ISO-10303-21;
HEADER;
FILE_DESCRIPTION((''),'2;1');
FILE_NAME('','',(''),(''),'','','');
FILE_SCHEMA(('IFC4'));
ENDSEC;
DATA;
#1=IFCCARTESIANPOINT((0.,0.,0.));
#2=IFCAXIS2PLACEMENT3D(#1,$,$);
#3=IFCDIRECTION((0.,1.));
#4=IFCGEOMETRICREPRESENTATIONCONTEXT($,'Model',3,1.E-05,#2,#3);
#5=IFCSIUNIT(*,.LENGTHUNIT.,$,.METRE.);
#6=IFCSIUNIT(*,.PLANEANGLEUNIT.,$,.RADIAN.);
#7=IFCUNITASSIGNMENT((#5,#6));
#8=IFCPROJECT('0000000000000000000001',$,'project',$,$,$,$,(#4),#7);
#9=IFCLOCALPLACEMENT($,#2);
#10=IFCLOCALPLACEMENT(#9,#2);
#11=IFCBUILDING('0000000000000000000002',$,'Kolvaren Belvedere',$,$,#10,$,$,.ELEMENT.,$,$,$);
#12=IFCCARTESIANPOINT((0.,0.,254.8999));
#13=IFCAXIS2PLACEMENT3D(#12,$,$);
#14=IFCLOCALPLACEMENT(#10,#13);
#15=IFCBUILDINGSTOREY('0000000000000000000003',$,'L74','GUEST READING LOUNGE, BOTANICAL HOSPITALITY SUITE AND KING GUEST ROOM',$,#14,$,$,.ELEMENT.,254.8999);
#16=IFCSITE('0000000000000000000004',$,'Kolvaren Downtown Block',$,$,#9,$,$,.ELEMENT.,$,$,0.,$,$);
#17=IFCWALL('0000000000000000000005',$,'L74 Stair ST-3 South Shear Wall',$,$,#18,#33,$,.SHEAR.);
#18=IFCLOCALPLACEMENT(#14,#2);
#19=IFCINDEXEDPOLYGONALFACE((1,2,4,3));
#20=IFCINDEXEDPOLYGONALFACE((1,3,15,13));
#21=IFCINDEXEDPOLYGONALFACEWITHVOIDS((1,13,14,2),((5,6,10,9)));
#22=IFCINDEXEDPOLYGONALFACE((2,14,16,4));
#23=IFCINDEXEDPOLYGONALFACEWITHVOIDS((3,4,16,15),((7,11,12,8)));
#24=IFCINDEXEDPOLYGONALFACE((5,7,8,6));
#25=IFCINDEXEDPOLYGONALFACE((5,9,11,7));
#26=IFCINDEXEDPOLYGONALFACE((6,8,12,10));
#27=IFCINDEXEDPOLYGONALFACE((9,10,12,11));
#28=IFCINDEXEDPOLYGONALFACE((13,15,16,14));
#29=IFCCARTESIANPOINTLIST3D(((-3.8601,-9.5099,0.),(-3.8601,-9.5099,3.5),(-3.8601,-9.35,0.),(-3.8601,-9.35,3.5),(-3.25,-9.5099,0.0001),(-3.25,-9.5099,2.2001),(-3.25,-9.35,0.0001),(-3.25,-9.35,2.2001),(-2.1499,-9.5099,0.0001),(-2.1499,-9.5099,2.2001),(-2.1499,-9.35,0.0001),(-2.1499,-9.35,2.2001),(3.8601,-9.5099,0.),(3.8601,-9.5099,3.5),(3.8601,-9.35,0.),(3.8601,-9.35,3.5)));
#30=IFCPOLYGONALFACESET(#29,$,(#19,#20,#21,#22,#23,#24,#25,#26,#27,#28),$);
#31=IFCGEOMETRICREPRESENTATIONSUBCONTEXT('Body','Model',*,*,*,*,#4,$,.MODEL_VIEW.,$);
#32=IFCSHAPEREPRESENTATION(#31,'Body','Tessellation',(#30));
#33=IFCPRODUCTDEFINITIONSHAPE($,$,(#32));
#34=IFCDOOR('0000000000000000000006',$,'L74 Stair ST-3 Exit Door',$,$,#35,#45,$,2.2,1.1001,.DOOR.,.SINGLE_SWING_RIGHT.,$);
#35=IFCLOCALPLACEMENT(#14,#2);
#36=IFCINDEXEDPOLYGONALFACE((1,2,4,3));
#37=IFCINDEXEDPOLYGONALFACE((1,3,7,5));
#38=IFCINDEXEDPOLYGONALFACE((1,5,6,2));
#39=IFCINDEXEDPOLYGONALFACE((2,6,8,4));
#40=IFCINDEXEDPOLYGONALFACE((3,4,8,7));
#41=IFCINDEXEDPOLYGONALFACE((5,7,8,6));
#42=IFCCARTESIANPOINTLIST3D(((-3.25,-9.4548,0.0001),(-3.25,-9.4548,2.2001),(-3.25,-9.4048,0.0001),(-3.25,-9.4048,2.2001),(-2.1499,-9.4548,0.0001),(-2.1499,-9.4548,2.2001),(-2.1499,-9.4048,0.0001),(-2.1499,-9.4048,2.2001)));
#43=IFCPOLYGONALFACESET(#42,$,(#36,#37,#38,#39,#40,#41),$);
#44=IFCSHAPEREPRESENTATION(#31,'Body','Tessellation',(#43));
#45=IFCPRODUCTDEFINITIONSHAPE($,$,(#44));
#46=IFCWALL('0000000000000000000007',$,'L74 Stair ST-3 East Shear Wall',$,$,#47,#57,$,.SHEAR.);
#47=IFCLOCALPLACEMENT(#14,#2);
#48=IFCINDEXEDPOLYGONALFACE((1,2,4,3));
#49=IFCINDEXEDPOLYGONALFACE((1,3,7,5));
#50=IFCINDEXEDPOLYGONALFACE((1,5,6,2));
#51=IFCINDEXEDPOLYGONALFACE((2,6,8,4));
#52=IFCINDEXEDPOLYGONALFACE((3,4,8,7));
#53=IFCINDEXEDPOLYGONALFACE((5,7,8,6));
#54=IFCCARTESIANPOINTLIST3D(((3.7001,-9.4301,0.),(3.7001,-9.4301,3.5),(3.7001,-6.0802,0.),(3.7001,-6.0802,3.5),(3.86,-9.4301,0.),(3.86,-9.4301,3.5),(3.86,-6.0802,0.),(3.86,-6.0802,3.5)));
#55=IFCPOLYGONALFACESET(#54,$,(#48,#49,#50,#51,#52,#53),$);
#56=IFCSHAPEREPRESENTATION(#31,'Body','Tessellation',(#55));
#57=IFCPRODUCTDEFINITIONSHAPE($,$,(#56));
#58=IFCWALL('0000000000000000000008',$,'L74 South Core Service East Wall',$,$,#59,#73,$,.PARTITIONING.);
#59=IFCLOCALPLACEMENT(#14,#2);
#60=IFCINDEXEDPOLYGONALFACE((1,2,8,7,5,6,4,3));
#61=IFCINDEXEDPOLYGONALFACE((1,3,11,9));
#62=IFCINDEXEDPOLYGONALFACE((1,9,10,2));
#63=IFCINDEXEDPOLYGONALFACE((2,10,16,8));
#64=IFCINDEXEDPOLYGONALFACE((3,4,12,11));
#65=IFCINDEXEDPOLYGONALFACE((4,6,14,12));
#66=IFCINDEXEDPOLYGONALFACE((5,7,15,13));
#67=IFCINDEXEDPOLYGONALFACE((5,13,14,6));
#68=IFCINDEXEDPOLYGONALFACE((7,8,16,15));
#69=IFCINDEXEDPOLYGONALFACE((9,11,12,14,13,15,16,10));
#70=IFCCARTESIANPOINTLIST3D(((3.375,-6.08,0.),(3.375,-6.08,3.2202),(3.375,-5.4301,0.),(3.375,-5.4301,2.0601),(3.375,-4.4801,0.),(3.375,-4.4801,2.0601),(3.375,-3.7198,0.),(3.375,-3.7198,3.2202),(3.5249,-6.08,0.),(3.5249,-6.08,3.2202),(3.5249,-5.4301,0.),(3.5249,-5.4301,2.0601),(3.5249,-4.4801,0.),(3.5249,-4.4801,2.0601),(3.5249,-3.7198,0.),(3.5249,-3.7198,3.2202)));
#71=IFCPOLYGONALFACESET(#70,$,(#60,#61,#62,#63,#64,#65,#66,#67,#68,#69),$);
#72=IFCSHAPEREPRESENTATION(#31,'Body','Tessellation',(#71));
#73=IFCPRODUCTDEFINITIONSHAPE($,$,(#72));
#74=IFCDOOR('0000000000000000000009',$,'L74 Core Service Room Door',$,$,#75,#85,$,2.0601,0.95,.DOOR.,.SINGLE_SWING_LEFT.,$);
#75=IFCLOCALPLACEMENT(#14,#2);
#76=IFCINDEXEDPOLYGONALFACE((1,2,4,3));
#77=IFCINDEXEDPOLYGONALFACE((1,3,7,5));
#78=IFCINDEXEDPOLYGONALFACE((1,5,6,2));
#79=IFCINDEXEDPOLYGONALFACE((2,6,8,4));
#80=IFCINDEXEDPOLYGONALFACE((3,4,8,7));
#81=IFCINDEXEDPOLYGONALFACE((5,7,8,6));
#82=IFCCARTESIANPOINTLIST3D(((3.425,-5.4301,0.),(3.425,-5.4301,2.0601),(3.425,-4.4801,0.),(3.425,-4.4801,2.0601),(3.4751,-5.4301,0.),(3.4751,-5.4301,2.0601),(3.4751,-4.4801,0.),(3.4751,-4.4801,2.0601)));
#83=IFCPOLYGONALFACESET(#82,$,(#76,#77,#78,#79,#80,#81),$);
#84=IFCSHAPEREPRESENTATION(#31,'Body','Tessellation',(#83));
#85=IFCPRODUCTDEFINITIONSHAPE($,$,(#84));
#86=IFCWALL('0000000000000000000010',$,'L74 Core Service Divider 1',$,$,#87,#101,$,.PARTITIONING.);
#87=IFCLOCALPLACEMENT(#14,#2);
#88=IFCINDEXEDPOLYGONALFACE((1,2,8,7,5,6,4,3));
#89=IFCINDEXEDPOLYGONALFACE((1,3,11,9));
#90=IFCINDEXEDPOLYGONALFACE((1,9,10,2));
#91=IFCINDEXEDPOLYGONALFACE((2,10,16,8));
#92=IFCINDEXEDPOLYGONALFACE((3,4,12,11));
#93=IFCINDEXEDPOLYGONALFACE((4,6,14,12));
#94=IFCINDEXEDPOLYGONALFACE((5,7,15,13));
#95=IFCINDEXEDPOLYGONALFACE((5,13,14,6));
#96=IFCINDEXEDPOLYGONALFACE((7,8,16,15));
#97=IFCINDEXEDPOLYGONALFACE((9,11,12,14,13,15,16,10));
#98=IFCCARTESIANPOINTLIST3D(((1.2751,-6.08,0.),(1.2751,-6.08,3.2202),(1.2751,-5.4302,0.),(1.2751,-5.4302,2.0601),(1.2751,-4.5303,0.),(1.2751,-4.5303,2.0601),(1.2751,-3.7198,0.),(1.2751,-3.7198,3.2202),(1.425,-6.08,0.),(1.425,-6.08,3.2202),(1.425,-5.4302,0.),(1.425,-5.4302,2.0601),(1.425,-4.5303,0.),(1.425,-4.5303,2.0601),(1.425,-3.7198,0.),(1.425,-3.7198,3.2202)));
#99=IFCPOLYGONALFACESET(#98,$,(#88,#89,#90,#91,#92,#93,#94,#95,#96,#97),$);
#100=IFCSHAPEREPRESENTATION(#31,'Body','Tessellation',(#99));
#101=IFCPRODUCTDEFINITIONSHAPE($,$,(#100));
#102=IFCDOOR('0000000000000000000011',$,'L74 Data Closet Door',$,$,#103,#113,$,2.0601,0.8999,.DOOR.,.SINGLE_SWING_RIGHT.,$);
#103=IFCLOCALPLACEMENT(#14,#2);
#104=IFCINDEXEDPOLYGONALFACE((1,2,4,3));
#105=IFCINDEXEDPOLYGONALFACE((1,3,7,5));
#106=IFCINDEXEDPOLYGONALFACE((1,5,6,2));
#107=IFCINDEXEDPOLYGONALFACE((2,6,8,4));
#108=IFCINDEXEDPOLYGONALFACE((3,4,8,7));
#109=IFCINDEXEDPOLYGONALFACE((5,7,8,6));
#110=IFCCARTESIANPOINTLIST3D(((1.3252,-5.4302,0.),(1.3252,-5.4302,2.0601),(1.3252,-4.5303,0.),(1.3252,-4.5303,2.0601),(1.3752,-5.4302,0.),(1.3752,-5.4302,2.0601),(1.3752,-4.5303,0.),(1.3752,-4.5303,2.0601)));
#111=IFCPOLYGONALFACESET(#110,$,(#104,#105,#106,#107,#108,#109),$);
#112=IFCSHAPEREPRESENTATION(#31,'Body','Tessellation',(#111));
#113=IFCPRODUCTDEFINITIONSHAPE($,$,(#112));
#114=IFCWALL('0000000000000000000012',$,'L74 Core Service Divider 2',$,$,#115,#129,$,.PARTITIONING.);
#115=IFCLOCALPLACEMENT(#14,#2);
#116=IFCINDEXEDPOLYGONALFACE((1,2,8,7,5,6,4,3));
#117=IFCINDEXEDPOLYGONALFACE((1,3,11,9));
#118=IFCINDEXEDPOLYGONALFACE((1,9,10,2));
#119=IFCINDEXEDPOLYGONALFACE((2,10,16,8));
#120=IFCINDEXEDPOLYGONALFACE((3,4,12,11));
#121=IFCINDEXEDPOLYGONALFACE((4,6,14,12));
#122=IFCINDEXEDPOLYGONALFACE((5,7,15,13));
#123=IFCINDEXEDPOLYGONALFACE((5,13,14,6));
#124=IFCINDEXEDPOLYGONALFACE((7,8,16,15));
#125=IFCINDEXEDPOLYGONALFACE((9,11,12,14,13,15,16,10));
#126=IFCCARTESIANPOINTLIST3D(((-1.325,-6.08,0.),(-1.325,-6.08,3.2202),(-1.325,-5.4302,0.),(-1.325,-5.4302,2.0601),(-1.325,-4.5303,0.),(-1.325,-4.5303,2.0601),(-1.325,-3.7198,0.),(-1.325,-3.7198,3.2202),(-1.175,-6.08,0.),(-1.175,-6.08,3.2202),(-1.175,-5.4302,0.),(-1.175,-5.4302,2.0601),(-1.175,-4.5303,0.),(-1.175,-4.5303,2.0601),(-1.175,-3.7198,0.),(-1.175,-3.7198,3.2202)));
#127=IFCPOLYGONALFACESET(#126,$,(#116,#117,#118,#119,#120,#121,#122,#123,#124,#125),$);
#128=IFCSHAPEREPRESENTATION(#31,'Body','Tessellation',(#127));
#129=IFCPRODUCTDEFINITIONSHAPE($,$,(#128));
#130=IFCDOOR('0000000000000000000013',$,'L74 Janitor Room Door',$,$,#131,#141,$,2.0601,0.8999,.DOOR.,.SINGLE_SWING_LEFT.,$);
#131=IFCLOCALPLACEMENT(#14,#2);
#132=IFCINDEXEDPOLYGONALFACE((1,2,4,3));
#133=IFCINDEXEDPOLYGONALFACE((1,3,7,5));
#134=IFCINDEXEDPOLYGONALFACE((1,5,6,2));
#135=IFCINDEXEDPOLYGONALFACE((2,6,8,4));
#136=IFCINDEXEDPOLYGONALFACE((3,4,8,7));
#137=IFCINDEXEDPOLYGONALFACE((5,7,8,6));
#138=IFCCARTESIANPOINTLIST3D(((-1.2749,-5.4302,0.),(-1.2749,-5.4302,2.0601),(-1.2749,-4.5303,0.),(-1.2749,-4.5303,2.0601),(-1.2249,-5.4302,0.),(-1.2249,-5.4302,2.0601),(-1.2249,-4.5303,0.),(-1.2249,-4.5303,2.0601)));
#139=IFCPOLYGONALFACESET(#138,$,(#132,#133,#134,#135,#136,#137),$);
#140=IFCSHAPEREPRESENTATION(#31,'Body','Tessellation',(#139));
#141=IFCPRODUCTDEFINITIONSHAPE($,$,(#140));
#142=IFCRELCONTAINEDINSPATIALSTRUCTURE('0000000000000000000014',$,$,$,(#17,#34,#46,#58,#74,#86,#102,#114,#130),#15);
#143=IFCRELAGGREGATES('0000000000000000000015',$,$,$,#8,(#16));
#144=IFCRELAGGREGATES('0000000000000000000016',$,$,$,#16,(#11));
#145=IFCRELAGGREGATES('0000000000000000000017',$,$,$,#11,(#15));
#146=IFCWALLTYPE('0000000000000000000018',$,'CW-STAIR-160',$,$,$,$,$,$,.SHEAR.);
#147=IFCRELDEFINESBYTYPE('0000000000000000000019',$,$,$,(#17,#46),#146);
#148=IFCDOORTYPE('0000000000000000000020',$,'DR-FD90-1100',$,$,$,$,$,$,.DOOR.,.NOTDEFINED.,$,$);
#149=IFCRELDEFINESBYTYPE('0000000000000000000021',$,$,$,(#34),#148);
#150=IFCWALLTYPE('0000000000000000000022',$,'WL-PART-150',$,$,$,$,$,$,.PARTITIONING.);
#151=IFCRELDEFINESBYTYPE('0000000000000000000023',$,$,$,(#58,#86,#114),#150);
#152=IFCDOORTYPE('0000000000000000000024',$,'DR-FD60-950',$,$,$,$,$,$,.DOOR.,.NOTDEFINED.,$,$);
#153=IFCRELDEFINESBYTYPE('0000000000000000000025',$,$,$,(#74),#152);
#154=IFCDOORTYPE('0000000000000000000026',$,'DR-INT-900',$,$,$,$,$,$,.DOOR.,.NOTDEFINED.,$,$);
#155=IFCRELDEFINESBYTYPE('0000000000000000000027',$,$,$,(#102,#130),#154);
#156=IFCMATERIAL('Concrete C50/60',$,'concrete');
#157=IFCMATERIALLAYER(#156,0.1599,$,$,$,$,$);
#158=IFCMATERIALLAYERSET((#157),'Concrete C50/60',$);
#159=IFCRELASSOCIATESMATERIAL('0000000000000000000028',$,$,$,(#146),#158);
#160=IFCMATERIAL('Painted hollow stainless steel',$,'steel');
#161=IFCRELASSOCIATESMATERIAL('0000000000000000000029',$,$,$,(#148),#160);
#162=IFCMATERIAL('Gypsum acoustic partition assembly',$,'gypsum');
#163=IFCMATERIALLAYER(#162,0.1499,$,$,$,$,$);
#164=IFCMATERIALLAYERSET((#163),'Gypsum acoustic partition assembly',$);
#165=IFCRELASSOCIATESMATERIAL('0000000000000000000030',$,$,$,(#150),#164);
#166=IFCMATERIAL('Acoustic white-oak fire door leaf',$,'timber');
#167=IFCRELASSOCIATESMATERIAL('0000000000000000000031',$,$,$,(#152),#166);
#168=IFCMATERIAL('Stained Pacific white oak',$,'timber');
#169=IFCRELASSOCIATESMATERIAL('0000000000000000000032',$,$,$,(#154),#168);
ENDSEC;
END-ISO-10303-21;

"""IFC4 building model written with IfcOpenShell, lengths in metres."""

from ifc_helpers import new_model, si_unit, direction, frame, frame_2d, origin, place, context, subcontext, project, spatial, rectangle, extrude, material, layer, layer_set, type_object, element, fill, save


model = new_model("IFC4")

# Units and contexts
model_context = context("Model", 3, precision=1e-05, world=origin(), true_north=direction((0.0, 1.0)))
body_context = subcontext(model_context, "Body", "Model", "MODEL_VIEW")
ifc_project = project(units=[si_unit("LENGTHUNIT", "METRE"), si_unit("PLANEANGLEUNIT", "RADIAN")], contexts=[model_context])

# Site, building, storey
site_placement = place(None, origin())
site = spatial("IfcSite", under=ifc_project, at=site_placement, Name="Kolvaren Downtown Block", CompositionType="ELEMENT", RefElevation=0.0)
building_placement = place(site_placement, origin())
building = spatial("IfcBuilding", under=site, at=building_placement, Name="Kolvaren Belvedere", CompositionType="ELEMENT")
storey_placement = place(building_placement, frame((0.0, 0.0, 254.8999)))
storey = spatial("IfcBuildingStorey", under=building, at=storey_placement, Name="L74", Description="GUEST READING LOUNGE, BOTANICAL HOSPITALITY SUITE AND KING GUEST ROOM", CompositionType="ELEMENT", Elevation=254.8999)

# Wall, opening, door
ifc_material_1 = material(Name="Concrete C50/60", Category="concrete")
ifc_layer_1 = layer(ifc_material_1, 0.1599)
ifc_layer_set_1 = layer_set([ifc_layer_1], Name="Concrete C50/60")
wall_type_1 = type_object("IfcWallType", Name="CW-STAIR-160", PredefinedType="SHEAR", material=ifc_layer_set_1)
wall_1_placement = place(storey_placement, frame((3.8601, -9.4299, 0.0), z_axis=(0.0, 0.0, 1.0), x_axis=(-1.0, 0.0, 0.0)))
wall_1 = element("IfcWall", 1, at=wall_1_placement, inside=storey, type_object=wall_type_1, Name="L74 Stair ST-3 South Shear Wall", PredefinedType="SHEAR", context=body_context, shape_type="SweptSolid", body=[
    extrude(rectangle(XDim=7.7202, YDim=0.1599, at=frame_2d((3.8601, 0.0))), origin(), (0.0, 0.0, 1.0), 3.5),
])
opening_1_placement = place(wall_1_placement, frame((6.01, 0.0, 0.0)))
opening_1 = element("IfcOpeningElement", 2, at=opening_1_placement, cuts=wall_1, PredefinedType="OPENING", context=body_context, shape_type="SweptSolid", body=[
    extrude(rectangle(XDim=1.1001, YDim=2.2, at=frame_2d((0.55, 1.1001))), frame((0.0, 0.0898, 0.0), z_axis=(0.0, -1.0, 0.0), x_axis=(1.0, 0.0, 0.0)), (0.0, 0.0, 1.0), 0.1799),
])
ifc_material_2 = material(Name="Painted hollow stainless steel", Category="steel")
door_type_1 = type_object("IfcDoorType", Name="DR-FD90-1100", OperationType="NOTDEFINED", PredefinedType="DOOR", material=ifc_material_2)
door_1_placement = place(opening_1_placement, origin())
door_1 = element("IfcDoor", 3, at=door_1_placement, inside=storey, type_object=door_type_1, Name="L74 Stair ST-3 Exit Door", OperationType="SINGLE_SWING_RIGHT", OverallHeight=2.2, OverallWidth=1.1001, PredefinedType="DOOR", context=body_context, shape_type="SweptSolid", body=[
    extrude(rectangle(XDim=1.1001, YDim=2.2, at=frame_2d((0.55, 1.1001))), frame((0.0, 0.0249, 0.0), z_axis=(0.0, -1.0, 0.0), x_axis=(1.0, 0.0, 0.0)), (0.0, 0.0, 1.0), 0.05),
])
fill(opening_1, door_1)

# Wall
wall_2_placement = place(storey_placement, frame((3.78, -9.4299, 0.0), z_axis=(0.0, 0.0, 1.0), x_axis=(0.0, 1.0, 0.0)))
element("IfcWall", 4, at=wall_2_placement, inside=storey, type_object=wall_type_1, Name="L74 Stair ST-3 East Shear Wall", PredefinedType="SHEAR", context=body_context, shape_type="SweptSolid", body=[
    extrude(rectangle(XDim=3.3499, YDim=0.1599, at=frame_2d((1.6748, 0.0))), origin(), (0.0, 0.0, 1.0), 3.5),
])

# Walls, openings, doors
ifc_material_3 = material(Name="Gypsum acoustic partition assembly", Category="gypsum")
ifc_layer_2 = layer(ifc_material_3, 0.1499)
ifc_layer_set_2 = layer_set([ifc_layer_2], Name="Gypsum acoustic partition assembly")
wall_type_2 = type_object("IfcWallType", Name="WL-PART-150", PredefinedType="PARTITIONING", material=ifc_layer_set_2)
wall_3_placement = place(storey_placement, frame((3.45, -6.0801, 0.0), z_axis=(0.0, 0.0, 1.0), x_axis=(0.0, 1.0, 0.0)))
wall_3 = element("IfcWall", 5, at=wall_3_placement, inside=storey, type_object=wall_type_2, Name="L74 South Core Service East Wall", PredefinedType="PARTITIONING", context=body_context, shape_type="SweptSolid", body=[
    extrude(rectangle(XDim=2.3601, YDim=0.1499, at=frame_2d((1.1802, 0.0))), origin(), (0.0, 0.0, 1.0), 3.2202),
])
opening_2_placement = place(wall_3_placement, frame((0.6499, 0.0, 0.0)))
opening_2 = element("IfcOpeningElement", 6, at=opening_2_placement, cuts=wall_3, PredefinedType="OPENING", context=body_context, shape_type="SweptSolid", body=[
    extrude(rectangle(XDim=0.95, YDim=2.0601, at=frame_2d((0.4751, 1.03))), frame((0.0, 0.085, 0.0), z_axis=(0.0, -1.0, 0.0), x_axis=(1.0, 0.0, 0.0)), (0.0, 0.0, 1.0), 0.1699),
])
ifc_material_4 = material(Name="Acoustic white-oak fire door leaf", Category="timber")
door_type_2 = type_object("IfcDoorType", Name="DR-FD60-950", OperationType="NOTDEFINED", PredefinedType="DOOR", material=ifc_material_4)
door_2_placement = place(opening_2_placement, origin())
door_2 = element("IfcDoor", 7, at=door_2_placement, inside=storey, type_object=door_type_2, Name="L74 Core Service Room Door", OperationType="SINGLE_SWING_LEFT", OverallHeight=2.0601, OverallWidth=0.95, PredefinedType="DOOR", context=body_context, shape_type="SweptSolid", body=[
    extrude(rectangle(XDim=0.95, YDim=2.0601, at=frame_2d((0.4751, 1.03))), frame((0.0, 0.0249, 0.0), z_axis=(0.0, -1.0, 0.0), x_axis=(1.0, 0.0, 0.0)), (0.0, 0.0, 1.0), 0.05),
])
fill(opening_2, door_2)
wall_4_placement = place(storey_placement, frame((1.3501, -6.0801, 0.0), z_axis=(0.0, 0.0, 1.0), x_axis=(0.0, 1.0, 0.0)))
wall_4 = element("IfcWall", 8, at=wall_4_placement, inside=storey, type_object=wall_type_2, Name="L74 Core Service Divider 1", PredefinedType="PARTITIONING", context=body_context, shape_type="SweptSolid", body=[
    extrude(rectangle(XDim=2.3601, YDim=0.1499, at=frame_2d((1.1802, 0.0))), origin(), (0.0, 0.0, 1.0), 3.2202),
])
opening_3_placement = place(wall_4_placement, frame((0.6499, 0.0, 0.0)))
opening_3 = element("IfcOpeningElement", 9, at=opening_3_placement, cuts=wall_4, PredefinedType="OPENING", context=body_context, shape_type="SweptSolid", body=[
    extrude(rectangle(XDim=0.8999, YDim=2.0601, at=frame_2d((0.45, 1.03))), frame((0.0, 0.085, 0.0), z_axis=(0.0, -1.0, 0.0), x_axis=(1.0, 0.0, 0.0)), (0.0, 0.0, 1.0), 0.1699),
])
ifc_material_5 = material(Name="Stained Pacific white oak", Category="timber")
door_type_3 = type_object("IfcDoorType", Name="DR-INT-900", OperationType="NOTDEFINED", PredefinedType="DOOR", material=ifc_material_5)
door_3_placement = place(opening_3_placement, origin())
door_3 = element("IfcDoor", 10, at=door_3_placement, inside=storey, type_object=door_type_3, Name="L74 Data Closet Door", OperationType="SINGLE_SWING_RIGHT", OverallHeight=2.0601, OverallWidth=0.8999, PredefinedType="DOOR", context=body_context, shape_type="SweptSolid", body=[
    extrude(rectangle(XDim=0.8999, YDim=2.0601, at=frame_2d((0.45, 1.03))), frame((0.0, 0.0249, 0.0), z_axis=(0.0, -1.0, 0.0), x_axis=(1.0, 0.0, 0.0)), (0.0, 0.0, 1.0), 0.05),
])
fill(opening_3, door_3)
wall_5_placement = place(storey_placement, frame((-1.25, -6.0801, 0.0), z_axis=(0.0, 0.0, 1.0), x_axis=(0.0, 1.0, 0.0)))
wall_5 = element("IfcWall", 11, at=wall_5_placement, inside=storey, type_object=wall_type_2, Name="L74 Core Service Divider 2", PredefinedType="PARTITIONING", context=body_context, shape_type="SweptSolid", body=[
    extrude(rectangle(XDim=2.3601, YDim=0.1499, at=frame_2d((1.1802, 0.0))), origin(), (0.0, 0.0, 1.0), 3.2202),
])
opening_4_placement = place(wall_5_placement, frame((0.6499, 0.0, 0.0)))
opening_4 = element("IfcOpeningElement", 12, at=opening_4_placement, cuts=wall_5, PredefinedType="OPENING", context=body_context, shape_type="SweptSolid", body=[
    extrude(rectangle(XDim=0.8999, YDim=2.0601, at=frame_2d((0.45, 1.03))), frame((0.0, 0.085, 0.0), z_axis=(0.0, -1.0, 0.0), x_axis=(1.0, 0.0, 0.0)), (0.0, 0.0, 1.0), 0.1699),
])
door_4_placement = place(opening_4_placement, origin())
door_4 = element("IfcDoor", 13, at=door_4_placement, inside=storey, type_object=door_type_3, Name="L74 Janitor Room Door", OperationType="SINGLE_SWING_LEFT", OverallHeight=2.0601, OverallWidth=0.8999, PredefinedType="DOOR", context=body_context, shape_type="SweptSolid", body=[
    extrude(rectangle(XDim=0.8999, YDim=2.0601, at=frame_2d((0.45, 1.03))), frame((0.0, 0.0249, 0.0), z_axis=(0.0, -1.0, 0.0), x_axis=(1.0, 0.0, 0.0)), (0.0, 0.0, 1.0), 0.05),
])
fill(opening_4, door_4)

save(model, "model.ifc")
